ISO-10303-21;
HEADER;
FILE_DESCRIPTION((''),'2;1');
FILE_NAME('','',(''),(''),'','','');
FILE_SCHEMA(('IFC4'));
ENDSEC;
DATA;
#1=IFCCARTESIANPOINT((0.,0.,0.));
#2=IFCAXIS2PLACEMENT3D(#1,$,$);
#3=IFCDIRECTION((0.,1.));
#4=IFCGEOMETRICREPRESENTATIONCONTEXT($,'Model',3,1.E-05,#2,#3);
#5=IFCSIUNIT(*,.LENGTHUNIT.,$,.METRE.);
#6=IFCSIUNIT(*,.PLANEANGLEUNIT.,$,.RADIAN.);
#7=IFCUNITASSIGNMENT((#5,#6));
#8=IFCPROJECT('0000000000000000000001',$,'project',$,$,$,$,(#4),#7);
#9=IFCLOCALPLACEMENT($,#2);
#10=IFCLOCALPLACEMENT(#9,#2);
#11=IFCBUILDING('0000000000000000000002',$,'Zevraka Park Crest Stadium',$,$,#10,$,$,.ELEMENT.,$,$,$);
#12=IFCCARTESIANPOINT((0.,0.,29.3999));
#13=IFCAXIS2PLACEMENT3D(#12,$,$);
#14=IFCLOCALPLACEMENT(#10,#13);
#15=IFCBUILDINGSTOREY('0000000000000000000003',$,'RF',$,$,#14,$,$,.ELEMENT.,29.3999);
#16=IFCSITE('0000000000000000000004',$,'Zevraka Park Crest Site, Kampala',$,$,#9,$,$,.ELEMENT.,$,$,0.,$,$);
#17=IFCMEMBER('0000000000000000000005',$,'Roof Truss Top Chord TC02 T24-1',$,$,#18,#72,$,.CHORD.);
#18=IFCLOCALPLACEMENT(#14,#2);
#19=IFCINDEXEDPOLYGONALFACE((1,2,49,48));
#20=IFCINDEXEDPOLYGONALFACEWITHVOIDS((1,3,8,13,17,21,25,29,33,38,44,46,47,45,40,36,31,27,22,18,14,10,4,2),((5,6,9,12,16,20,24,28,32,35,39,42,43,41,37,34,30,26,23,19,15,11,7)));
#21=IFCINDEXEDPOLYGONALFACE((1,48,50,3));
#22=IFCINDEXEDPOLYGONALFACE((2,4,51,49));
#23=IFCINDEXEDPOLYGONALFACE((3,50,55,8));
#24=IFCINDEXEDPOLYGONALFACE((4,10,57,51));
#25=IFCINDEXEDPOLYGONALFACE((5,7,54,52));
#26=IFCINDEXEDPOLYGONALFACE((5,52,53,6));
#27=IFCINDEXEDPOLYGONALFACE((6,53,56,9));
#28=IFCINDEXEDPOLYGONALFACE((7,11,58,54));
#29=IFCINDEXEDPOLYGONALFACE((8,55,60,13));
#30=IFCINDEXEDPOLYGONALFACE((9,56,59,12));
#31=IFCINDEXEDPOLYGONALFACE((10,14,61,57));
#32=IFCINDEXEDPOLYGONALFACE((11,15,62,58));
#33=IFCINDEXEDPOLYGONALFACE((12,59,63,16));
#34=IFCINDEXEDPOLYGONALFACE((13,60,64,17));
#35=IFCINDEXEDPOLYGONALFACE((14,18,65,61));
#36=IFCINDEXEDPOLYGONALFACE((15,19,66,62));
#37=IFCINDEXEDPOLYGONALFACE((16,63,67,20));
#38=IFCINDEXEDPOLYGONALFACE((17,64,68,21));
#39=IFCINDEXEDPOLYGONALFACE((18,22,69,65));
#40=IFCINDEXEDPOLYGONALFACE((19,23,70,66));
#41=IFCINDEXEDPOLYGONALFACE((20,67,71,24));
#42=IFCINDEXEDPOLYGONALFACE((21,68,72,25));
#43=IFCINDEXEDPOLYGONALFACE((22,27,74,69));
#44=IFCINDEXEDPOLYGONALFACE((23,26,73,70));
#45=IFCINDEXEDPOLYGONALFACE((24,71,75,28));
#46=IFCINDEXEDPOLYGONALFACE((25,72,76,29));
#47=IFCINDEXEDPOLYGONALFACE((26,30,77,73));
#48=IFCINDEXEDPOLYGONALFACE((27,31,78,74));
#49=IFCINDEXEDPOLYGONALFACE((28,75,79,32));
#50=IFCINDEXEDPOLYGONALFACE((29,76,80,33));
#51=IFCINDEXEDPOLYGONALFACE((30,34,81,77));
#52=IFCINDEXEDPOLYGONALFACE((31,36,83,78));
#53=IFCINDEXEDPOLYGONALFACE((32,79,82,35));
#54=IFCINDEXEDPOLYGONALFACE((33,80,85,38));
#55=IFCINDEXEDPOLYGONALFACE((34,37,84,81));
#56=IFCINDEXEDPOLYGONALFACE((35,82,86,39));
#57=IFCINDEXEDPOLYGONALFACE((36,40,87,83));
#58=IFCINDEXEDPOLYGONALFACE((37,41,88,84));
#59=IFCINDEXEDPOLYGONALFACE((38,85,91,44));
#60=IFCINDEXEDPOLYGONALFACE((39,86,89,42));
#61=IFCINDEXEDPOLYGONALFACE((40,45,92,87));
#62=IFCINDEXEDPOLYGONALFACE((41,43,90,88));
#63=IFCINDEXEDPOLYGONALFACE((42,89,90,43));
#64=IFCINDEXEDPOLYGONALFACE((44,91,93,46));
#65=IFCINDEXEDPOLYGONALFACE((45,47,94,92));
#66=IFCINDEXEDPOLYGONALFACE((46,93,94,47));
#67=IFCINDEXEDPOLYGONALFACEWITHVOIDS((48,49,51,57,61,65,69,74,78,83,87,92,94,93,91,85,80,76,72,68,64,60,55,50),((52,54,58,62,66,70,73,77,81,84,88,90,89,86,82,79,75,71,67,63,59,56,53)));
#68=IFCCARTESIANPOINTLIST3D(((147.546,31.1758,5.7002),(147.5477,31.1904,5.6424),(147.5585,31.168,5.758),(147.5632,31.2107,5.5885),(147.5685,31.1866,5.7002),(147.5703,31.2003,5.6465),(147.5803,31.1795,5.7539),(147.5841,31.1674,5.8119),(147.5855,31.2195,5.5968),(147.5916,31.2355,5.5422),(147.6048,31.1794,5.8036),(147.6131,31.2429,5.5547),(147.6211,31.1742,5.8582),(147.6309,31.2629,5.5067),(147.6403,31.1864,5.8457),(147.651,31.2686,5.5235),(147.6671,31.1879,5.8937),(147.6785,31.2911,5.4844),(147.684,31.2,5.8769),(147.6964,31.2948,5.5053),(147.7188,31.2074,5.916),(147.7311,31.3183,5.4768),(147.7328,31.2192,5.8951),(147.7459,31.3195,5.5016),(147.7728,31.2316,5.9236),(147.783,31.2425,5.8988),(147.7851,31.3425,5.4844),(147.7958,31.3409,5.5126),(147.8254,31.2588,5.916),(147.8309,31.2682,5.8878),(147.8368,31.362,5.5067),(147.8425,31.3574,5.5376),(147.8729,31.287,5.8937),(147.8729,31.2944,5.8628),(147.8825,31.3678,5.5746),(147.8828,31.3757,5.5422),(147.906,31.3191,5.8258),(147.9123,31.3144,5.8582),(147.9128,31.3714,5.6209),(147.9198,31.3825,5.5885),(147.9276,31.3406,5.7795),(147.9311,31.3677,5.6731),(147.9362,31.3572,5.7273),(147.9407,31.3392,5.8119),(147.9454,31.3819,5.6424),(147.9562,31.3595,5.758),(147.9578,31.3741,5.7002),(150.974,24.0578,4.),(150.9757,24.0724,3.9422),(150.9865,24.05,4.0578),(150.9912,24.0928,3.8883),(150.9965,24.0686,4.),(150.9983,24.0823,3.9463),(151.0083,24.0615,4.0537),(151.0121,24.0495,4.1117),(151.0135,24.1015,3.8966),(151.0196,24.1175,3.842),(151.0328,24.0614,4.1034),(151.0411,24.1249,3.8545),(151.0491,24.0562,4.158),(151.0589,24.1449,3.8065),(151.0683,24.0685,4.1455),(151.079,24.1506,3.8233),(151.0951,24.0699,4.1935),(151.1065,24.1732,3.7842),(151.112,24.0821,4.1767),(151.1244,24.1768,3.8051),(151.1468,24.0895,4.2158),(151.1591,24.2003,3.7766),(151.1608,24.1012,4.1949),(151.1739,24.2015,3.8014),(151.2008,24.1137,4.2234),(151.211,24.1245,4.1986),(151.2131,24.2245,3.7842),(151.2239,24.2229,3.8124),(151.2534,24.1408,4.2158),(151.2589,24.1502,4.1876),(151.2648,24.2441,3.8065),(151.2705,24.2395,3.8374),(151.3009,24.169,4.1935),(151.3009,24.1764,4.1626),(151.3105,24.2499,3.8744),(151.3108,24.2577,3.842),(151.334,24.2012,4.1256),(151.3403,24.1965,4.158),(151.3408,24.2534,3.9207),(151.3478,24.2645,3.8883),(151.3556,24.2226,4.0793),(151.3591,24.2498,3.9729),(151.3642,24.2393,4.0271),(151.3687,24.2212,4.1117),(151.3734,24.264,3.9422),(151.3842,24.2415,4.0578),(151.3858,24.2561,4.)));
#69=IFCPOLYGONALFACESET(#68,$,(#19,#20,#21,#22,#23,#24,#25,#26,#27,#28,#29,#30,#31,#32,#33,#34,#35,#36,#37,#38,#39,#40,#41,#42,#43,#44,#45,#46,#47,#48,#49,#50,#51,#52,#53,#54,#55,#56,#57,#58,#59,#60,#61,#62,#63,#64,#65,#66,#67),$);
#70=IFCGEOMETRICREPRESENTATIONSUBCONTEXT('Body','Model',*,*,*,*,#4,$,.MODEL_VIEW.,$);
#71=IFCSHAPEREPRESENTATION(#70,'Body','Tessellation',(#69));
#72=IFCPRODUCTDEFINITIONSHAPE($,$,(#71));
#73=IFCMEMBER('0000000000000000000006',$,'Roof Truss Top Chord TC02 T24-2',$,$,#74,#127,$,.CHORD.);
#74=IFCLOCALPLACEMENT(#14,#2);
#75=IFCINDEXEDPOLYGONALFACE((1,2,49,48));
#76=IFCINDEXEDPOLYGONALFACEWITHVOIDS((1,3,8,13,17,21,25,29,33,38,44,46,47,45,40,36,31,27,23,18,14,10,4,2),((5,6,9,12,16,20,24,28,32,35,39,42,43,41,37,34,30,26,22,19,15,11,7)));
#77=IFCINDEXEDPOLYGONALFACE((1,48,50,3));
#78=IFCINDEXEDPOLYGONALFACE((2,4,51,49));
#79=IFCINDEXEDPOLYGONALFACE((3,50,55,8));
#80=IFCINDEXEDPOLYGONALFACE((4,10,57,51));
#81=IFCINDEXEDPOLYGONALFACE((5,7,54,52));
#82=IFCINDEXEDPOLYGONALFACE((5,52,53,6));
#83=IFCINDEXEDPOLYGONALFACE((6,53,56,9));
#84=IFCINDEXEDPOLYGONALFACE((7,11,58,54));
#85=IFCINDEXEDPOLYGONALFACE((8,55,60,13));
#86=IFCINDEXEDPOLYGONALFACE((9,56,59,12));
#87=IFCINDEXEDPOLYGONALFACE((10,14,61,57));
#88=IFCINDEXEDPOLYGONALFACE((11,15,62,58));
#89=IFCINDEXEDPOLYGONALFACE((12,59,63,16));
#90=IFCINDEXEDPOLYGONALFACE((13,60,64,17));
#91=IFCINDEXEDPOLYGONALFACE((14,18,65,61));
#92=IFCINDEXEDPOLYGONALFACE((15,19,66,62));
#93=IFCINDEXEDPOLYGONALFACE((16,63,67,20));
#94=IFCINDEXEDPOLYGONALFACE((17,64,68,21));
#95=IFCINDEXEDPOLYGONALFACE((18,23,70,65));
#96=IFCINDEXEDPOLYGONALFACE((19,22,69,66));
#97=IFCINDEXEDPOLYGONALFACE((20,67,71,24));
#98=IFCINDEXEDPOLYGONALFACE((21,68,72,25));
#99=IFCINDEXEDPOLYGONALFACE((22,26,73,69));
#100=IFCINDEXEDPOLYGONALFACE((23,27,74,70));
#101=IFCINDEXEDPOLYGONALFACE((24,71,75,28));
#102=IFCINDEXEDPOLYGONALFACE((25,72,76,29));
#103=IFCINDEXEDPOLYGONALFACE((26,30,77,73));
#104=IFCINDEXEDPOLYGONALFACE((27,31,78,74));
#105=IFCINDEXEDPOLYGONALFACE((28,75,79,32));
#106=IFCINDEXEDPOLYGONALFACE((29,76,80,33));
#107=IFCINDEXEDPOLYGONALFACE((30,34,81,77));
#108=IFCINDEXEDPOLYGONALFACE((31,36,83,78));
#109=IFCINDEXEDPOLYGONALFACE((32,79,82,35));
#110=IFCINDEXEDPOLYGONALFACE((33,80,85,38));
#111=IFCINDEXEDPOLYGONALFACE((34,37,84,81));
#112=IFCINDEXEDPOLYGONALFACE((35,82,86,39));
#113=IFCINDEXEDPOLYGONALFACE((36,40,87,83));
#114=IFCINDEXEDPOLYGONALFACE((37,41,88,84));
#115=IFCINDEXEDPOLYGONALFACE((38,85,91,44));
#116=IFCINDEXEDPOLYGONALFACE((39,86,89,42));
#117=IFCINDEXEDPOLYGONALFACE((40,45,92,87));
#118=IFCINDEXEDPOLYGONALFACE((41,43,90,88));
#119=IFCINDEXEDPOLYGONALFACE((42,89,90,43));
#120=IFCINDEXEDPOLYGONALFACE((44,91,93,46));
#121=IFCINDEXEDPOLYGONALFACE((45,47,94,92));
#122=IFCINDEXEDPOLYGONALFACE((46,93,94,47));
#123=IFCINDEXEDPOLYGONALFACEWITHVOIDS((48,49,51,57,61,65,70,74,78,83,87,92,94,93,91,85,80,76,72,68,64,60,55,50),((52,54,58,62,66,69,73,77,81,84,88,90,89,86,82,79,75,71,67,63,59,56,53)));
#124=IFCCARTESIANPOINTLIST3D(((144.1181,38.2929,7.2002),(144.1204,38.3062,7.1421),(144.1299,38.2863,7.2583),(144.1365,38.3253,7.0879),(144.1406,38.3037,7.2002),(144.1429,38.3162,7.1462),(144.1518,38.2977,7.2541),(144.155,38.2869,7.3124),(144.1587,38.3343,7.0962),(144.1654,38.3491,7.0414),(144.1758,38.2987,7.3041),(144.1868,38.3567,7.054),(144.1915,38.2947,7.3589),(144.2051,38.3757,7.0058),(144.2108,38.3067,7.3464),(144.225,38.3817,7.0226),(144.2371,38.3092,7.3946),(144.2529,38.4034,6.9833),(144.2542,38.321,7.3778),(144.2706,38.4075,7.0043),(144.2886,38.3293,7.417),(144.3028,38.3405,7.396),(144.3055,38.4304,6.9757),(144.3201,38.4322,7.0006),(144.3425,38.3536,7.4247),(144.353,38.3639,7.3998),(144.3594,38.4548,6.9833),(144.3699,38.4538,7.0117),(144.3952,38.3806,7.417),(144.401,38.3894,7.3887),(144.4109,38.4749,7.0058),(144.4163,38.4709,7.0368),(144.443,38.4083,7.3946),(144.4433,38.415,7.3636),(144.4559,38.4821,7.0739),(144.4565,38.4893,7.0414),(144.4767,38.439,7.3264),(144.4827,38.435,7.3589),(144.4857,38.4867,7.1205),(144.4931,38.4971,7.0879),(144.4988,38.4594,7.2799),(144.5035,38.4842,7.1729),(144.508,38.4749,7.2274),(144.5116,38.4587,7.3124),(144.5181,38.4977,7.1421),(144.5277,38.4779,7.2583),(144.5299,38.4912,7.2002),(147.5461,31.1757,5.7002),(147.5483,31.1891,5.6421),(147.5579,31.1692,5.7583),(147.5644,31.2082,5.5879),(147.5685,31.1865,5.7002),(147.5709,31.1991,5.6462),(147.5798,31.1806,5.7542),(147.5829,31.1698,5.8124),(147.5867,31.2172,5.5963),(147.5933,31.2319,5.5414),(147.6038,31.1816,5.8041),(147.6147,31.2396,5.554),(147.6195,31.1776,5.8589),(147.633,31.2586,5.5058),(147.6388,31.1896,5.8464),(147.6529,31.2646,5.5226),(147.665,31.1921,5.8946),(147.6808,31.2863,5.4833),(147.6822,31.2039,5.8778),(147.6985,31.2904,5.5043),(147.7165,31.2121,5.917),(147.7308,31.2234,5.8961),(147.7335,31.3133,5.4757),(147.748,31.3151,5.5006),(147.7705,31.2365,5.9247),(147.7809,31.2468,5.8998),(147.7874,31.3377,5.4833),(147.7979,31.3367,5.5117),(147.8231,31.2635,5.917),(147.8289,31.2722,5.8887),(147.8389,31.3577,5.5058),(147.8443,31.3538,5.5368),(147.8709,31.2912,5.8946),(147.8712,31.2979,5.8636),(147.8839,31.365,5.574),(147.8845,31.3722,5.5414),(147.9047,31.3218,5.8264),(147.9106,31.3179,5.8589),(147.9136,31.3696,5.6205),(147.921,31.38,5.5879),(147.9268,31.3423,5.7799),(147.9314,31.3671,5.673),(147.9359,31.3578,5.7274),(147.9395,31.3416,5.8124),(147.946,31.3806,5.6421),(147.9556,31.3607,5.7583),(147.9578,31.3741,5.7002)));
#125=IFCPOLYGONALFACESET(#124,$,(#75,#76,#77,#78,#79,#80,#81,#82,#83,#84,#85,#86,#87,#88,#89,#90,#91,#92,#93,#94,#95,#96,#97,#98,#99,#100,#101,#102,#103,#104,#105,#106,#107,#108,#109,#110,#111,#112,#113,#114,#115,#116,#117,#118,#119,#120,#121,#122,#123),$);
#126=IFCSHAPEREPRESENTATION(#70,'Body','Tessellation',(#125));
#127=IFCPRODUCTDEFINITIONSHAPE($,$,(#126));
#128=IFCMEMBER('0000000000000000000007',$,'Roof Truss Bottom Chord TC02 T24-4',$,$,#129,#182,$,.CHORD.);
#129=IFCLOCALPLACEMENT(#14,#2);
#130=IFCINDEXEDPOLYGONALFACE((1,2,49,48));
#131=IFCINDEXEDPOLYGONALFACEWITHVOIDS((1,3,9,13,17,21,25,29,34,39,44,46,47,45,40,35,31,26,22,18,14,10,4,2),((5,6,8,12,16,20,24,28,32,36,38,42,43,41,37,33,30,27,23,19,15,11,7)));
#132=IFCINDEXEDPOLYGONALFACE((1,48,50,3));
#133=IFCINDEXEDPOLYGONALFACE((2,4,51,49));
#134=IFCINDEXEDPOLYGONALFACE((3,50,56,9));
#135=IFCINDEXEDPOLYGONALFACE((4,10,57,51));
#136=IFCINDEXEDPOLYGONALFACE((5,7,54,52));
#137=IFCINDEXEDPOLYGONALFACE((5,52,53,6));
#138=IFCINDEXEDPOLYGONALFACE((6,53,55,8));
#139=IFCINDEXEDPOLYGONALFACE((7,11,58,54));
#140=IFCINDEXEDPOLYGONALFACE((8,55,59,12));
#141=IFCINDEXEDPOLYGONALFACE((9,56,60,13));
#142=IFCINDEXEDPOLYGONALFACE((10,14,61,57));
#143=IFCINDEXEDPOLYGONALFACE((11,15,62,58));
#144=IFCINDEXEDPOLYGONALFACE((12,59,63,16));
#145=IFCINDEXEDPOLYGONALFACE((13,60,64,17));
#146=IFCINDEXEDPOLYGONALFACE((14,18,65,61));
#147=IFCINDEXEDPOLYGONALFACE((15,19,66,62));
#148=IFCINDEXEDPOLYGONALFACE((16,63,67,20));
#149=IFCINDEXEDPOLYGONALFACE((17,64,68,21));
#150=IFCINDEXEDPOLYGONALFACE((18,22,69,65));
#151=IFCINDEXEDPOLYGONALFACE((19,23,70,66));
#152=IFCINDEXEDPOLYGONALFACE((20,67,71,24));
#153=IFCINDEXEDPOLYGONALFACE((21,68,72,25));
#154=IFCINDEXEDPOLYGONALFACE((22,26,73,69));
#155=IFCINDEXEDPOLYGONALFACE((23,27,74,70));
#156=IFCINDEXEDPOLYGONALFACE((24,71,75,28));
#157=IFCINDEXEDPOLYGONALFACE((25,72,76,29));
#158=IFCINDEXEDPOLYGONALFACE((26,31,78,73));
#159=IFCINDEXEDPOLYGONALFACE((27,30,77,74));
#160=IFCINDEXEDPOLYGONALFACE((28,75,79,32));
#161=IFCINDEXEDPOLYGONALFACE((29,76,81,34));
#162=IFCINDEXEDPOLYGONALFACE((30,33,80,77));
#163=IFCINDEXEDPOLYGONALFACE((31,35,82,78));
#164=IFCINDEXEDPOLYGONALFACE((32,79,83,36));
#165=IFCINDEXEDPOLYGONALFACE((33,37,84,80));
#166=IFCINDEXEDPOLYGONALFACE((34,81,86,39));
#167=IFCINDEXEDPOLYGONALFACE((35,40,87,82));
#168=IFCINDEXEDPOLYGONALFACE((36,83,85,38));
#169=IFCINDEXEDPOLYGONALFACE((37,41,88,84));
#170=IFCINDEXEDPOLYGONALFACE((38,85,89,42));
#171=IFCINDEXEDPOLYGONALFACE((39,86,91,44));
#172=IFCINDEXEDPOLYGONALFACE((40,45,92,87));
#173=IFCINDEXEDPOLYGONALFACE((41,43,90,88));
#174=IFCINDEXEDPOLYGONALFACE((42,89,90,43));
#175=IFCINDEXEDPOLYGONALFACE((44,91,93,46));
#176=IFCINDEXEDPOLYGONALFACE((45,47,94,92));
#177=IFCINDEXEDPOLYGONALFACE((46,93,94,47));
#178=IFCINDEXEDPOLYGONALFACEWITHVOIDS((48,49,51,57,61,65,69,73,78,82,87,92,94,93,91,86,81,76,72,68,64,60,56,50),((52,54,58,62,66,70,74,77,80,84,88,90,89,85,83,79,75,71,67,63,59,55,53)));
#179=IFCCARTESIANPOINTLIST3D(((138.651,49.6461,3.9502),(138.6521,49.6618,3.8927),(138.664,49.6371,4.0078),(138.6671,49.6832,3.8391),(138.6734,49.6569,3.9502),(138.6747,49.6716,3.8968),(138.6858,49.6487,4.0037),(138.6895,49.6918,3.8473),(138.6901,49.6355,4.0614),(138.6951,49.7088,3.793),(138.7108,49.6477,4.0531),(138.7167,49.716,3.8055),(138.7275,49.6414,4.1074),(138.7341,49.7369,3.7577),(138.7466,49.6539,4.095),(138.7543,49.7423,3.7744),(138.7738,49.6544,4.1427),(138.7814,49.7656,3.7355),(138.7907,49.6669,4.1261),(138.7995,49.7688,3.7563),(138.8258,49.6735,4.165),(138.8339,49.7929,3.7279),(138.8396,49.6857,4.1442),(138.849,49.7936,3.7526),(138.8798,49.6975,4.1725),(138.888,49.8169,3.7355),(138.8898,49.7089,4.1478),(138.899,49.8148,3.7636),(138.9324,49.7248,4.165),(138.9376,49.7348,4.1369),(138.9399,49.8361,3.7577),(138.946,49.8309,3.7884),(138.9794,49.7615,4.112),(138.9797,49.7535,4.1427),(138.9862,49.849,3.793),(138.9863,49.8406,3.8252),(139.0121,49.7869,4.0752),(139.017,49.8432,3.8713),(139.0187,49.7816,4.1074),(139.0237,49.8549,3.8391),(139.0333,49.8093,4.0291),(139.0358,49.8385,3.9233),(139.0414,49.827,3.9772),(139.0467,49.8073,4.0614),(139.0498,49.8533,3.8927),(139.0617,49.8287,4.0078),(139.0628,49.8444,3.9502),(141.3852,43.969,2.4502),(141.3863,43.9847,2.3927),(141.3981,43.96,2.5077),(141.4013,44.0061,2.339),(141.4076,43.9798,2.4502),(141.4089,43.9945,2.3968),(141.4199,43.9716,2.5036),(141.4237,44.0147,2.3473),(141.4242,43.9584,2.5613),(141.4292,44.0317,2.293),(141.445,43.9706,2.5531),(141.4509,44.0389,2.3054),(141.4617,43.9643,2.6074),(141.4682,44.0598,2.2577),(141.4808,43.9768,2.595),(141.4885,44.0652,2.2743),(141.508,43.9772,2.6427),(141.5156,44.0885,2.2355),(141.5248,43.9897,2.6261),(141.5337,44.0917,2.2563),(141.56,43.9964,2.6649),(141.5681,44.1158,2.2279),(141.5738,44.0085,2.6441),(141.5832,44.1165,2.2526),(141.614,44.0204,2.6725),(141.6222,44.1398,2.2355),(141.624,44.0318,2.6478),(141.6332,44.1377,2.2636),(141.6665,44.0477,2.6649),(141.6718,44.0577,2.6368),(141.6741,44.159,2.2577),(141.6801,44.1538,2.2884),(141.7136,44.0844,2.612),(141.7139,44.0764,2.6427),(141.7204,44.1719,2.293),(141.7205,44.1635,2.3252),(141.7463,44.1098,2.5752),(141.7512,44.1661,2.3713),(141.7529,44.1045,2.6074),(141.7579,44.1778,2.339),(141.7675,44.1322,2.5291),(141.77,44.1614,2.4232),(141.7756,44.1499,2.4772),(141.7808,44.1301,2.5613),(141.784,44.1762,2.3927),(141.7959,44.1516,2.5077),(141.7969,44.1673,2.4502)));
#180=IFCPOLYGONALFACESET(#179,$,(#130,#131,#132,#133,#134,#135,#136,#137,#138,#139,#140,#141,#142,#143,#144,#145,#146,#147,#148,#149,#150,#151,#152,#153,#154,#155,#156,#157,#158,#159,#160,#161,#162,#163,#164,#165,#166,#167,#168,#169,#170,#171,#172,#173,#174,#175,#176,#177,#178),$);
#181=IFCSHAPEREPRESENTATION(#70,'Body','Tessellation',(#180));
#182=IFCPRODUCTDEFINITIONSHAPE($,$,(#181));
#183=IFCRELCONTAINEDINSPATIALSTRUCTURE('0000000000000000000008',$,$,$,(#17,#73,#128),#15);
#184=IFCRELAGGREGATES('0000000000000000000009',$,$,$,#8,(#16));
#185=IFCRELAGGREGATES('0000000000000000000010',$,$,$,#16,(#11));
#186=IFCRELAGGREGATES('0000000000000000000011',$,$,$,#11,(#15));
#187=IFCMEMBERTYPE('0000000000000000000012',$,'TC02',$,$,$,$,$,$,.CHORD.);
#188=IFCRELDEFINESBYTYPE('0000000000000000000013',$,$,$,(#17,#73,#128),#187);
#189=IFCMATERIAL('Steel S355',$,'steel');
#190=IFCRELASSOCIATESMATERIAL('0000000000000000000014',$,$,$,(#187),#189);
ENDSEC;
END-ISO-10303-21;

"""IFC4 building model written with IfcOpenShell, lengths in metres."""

from ifc_helpers import new_model, si_unit, direction, frame, origin, origin_2d, place, context, subcontext, project, spatial, hollow_circle, extrude, material, material_profile, profile_set, type_object, element, save


model = new_model("IFC4")

# Units and contexts
model_context = context("Model", 3, precision=1e-05, world=origin(), true_north=direction((0.0, 1.0)))
body_context = subcontext(model_context, "Body", "Model", "MODEL_VIEW")
ifc_project = project(units=[si_unit("LENGTHUNIT", "METRE"), si_unit("PLANEANGLEUNIT", "RADIAN")], contexts=[model_context])

# Site, building, storey
site_placement = place(None, origin())
site = spatial("IfcSite", under=ifc_project, at=site_placement, Name="Zevraka Park Crest Site, Kampala", CompositionType="ELEMENT", RefElevation=0.0)
building_placement = place(site_placement, origin())
building = spatial("IfcBuilding", under=site, at=building_placement, Name="Zevraka Park Crest Stadium", CompositionType="ELEMENT")
storey_placement = place(building_placement, frame((0.0, 0.0, 29.3999)))
storey = spatial("IfcBuildingStorey", under=building, at=storey_placement, Name="RF", CompositionType="ELEMENT", Elevation=29.3999)

# Members
ifc_material_1 = material(Name="Steel S355", Category="steel")
ifc_material_profile_1 = material_profile(ifc_material_1, hollow_circle(Radius=0.2285, WallThickness=0.0249, at=origin_2d()), Name="CHS 457.0x25")
ifc_profile_set_1 = profile_set([ifc_material_profile_1], Name="Steel S355")
member_type_1 = type_object("IfcMemberType", Name="TC02", PredefinedType="CHORD", material=ifc_profile_set_1)
member_1_placement = place(storey_placement, frame((151.1799, 24.157, 4.0), z_axis=(-0.42419, 0.880795, 0.210388), x_axis=(-0.900961, -0.433901, 0.0)))
element("IfcMember", 1, at=member_1_placement, inside=storey, type_object=member_type_1, Name="Roof Truss Top Chord TC02 T24-1", PredefinedType="CHORD", context=body_context, shape_type="SweptSolid", body=[
    extrude(hollow_circle(Radius=0.2285, WallThickness=0.0249, at=origin_2d()), origin(), (0.0, 0.0, 1.0), 8.0813),
])
member_2_placement = place(storey_placement, frame((147.752, 31.2749, 5.7002), z_axis=(-0.42632, 0.885128, 0.186547), x_axis=(-0.900943, -0.433937, 0.0)))
element("IfcMember", 2, at=member_2_placement, inside=storey, type_object=member_type_1, Name="Roof Truss Top Chord TC02 T24-2", PredefinedType="CHORD", context=body_context, shape_type="SweptSolid", body=[
    extrude(hollow_circle(Radius=0.2285, WallThickness=0.0249, at=origin_2d()), origin(), (0.0, 0.0, 1.0), 8.0408),
])
member_3_placement = place(storey_placement, frame((141.5911, 44.0681, 2.4502), z_axis=(-0.422118, 0.876462, 0.231582), x_axis=(-0.900955, -0.433913, 0.0)))
element("IfcMember", 3, at=member_3_placement, inside=storey, type_object=member_type_1, Name="Roof Truss Bottom Chord TC02 T24-4", PredefinedType="CHORD", context=body_context, shape_type="SweptSolid", body=[
    extrude(hollow_circle(Radius=0.2285, WallThickness=0.0249, at=origin_2d()), origin(), (0.0, 0.0, 1.0), 6.4773),
])

save(model, "model.ifc")
